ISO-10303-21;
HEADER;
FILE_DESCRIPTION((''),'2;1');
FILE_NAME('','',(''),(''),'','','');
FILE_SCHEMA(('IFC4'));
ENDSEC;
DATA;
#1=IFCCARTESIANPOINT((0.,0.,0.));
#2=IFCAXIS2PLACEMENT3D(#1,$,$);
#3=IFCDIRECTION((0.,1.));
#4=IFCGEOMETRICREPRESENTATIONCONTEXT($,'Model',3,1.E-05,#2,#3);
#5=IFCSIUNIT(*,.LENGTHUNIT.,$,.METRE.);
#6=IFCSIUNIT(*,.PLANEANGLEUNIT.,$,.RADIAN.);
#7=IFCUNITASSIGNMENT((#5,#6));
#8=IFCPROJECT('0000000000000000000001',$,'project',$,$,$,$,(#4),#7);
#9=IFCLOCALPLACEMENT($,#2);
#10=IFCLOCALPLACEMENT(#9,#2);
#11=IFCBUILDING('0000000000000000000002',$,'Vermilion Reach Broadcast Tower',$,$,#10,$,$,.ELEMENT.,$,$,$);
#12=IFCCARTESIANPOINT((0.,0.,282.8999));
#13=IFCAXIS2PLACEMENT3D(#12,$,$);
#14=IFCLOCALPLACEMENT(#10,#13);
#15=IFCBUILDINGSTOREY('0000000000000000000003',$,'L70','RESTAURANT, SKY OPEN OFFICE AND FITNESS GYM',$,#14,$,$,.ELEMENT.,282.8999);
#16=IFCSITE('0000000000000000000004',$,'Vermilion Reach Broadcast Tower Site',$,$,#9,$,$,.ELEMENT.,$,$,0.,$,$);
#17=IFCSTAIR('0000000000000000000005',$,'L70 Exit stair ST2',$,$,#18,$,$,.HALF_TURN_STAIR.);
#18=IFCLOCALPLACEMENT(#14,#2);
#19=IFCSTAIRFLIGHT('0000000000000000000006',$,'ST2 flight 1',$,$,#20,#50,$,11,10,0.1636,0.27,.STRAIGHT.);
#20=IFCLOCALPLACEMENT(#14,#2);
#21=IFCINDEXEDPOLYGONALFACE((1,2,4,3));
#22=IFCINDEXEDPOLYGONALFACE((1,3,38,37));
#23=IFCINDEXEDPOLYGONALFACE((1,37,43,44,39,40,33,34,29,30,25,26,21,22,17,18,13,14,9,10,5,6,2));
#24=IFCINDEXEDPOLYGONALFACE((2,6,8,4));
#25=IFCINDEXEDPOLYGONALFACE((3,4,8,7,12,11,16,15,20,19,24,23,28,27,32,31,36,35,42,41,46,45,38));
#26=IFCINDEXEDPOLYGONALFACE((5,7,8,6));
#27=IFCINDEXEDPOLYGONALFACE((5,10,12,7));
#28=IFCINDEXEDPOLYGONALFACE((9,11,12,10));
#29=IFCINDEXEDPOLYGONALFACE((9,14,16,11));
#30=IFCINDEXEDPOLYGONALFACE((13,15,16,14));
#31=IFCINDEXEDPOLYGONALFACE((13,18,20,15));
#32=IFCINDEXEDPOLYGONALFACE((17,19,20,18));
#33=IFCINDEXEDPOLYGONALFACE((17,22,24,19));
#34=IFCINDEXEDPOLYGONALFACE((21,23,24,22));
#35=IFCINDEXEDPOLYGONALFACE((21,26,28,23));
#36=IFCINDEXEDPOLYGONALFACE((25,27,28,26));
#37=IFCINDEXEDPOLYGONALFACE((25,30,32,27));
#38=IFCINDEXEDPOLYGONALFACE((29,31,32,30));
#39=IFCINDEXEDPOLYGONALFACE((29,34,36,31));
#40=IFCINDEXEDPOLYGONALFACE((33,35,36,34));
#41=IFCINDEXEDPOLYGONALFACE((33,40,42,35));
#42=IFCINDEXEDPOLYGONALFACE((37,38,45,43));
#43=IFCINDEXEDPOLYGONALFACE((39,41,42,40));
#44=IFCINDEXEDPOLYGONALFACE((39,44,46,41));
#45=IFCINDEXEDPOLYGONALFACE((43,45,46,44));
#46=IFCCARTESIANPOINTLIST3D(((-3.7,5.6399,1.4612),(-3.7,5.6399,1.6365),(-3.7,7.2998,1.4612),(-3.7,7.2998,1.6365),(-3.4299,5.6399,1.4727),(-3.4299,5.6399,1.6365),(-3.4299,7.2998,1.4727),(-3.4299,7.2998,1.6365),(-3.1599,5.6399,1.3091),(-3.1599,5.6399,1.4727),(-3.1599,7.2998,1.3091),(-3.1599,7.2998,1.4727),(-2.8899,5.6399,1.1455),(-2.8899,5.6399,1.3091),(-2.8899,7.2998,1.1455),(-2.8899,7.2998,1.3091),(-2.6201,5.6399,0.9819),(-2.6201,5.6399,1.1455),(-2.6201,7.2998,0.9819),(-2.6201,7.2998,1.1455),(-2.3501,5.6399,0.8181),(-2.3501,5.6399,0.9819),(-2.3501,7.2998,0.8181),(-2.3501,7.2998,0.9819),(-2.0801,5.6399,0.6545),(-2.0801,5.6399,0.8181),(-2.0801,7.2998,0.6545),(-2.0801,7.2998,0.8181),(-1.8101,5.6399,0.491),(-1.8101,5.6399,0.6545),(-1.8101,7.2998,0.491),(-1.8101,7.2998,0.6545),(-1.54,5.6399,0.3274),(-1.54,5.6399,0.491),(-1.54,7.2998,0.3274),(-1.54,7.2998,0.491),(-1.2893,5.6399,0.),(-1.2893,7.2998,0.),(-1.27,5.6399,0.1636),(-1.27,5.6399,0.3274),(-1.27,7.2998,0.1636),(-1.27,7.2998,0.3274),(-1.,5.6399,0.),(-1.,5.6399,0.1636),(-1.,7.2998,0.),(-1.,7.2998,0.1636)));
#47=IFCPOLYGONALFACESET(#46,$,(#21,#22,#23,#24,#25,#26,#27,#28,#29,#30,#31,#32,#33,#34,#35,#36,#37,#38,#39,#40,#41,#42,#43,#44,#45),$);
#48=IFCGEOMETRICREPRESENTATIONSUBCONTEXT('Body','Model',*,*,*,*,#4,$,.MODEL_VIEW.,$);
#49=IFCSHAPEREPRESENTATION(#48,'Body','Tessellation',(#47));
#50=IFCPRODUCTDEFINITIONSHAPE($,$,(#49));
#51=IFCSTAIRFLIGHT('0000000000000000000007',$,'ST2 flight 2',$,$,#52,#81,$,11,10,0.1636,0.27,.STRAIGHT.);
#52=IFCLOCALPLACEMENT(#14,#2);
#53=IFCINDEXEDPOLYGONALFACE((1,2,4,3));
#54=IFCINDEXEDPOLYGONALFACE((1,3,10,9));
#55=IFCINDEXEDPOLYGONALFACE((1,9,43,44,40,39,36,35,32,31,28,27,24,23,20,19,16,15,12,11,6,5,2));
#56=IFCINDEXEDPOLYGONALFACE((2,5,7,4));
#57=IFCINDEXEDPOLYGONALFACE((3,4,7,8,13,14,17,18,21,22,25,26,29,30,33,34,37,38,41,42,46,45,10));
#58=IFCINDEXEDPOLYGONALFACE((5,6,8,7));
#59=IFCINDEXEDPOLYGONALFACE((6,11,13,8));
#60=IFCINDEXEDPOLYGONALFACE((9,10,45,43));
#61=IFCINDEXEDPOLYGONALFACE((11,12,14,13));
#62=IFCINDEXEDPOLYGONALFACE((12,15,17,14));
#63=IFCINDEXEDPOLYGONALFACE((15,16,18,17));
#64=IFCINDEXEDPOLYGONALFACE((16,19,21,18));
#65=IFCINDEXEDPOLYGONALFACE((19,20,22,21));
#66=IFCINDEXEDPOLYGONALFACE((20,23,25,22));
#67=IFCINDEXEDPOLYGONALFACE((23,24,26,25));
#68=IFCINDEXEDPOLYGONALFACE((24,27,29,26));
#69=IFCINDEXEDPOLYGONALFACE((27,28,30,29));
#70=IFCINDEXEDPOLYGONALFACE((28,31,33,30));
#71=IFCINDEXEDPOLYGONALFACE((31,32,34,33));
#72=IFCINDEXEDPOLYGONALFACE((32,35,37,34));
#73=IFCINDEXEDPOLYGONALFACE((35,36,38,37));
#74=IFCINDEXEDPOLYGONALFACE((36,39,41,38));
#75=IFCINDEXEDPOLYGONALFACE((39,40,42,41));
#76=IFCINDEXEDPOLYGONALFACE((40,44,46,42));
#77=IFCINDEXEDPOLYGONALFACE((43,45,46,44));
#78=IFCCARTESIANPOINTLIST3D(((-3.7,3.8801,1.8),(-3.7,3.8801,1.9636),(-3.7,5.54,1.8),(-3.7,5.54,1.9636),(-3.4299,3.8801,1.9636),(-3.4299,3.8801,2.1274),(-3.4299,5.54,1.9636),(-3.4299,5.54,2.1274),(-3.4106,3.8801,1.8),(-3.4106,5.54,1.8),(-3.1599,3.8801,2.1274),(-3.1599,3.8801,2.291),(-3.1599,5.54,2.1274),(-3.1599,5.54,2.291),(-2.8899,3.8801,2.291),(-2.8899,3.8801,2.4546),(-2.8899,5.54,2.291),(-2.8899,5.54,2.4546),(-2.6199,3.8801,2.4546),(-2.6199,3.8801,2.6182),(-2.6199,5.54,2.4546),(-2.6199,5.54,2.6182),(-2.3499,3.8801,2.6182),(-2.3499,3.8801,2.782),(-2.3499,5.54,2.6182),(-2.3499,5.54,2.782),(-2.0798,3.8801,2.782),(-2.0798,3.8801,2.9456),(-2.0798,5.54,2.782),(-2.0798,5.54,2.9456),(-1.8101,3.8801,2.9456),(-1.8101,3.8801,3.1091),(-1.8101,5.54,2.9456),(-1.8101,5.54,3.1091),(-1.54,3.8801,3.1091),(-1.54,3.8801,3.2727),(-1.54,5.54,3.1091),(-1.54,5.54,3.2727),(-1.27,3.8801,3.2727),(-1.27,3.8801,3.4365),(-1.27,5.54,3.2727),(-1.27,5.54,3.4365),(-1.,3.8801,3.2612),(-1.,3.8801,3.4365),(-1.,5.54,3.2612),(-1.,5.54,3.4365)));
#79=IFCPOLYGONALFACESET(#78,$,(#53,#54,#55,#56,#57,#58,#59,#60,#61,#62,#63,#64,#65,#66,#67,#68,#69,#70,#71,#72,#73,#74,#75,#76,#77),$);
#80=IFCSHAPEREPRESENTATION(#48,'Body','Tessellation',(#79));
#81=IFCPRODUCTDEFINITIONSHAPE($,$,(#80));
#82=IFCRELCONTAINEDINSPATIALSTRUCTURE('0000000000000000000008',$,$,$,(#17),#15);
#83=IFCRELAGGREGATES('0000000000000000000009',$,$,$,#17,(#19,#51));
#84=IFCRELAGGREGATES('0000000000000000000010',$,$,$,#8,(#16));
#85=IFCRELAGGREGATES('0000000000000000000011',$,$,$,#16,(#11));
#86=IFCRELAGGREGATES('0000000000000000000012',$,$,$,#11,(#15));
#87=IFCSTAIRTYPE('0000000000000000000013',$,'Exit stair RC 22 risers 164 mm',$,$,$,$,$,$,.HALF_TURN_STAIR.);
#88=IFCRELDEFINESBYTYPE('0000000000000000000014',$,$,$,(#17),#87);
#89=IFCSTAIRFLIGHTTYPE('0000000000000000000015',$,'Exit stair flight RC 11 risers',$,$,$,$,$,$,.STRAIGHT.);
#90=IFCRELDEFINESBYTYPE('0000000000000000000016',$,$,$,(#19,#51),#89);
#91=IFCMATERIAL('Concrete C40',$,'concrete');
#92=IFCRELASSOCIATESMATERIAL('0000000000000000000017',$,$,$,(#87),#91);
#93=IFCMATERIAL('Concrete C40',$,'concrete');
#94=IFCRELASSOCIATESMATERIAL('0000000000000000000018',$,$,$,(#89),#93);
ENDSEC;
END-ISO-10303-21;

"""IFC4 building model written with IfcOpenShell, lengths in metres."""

from ifc_helpers import new_model, si_unit, direction, frame, origin, place, context, subcontext, project, spatial, polyline, outline, extrude, material, type_object, element, aggregate, save


model = new_model("IFC4")

# Units and contexts
model_context = context("Model", 3, precision=1e-05, world=origin(), true_north=direction((0.0, 1.0)))
body_context = subcontext(model_context, "Body", "Model", "MODEL_VIEW")
ifc_project = project(units=[si_unit("LENGTHUNIT", "METRE"), si_unit("PLANEANGLEUNIT", "RADIAN")], contexts=[model_context])

# Site, building, storey
site_placement = place(None, origin())
site = spatial("IfcSite", under=ifc_project, at=site_placement, Name="Vermilion Reach Broadcast Tower Site", CompositionType="ELEMENT", RefElevation=0.0)
building_placement = place(site_placement, origin())
building = spatial("IfcBuilding", under=site, at=building_placement, Name="Vermilion Reach Broadcast Tower", CompositionType="ELEMENT")
storey_placement = place(building_placement, frame((0.0, 0.0, 282.8999)))
storey = spatial("IfcBuildingStorey", under=building, at=storey_placement, Name="L70", Description="RESTAURANT, SKY OPEN OFFICE AND FITNESS GYM", CompositionType="ELEMENT", Elevation=282.8999)

# Shared definitions
ifc_material_1 = material(Name="Concrete C40", Category="concrete")
stair_type = type_object("IfcStairType", Name="Exit stair RC 22 risers 164 mm", PredefinedType="HALF_TURN_STAIR", material=ifc_material_1)
placement = place(storey_placement, origin())

# Stair, stair flights
stair_1 = element("IfcStair", 1, at=placement, inside=storey, type_object=stair_type, Name="L70 Exit stair ST2", PredefinedType="HALF_TURN_STAIR")
ifc_material_2 = material(Name="Concrete C40", Category="concrete")
stair_flight_type = type_object("IfcStairFlightType", Name="Exit stair flight RC 11 risers", PredefinedType="STRAIGHT", material=ifc_material_2)
stair_flight_1_placement = place(storey_placement, frame((-1.0, 6.47, 0.0), z_axis=(0.0, 0.0, 1.0), x_axis=(-1.0, 0.0, 0.0)))
stair_flight_1 = element("IfcStairFlight", 2, at=stair_flight_1_placement, type_object=stair_flight_type, Name="ST2 flight 1", NumberOfRisers=11, NumberOfTreads=10, PredefinedType="STRAIGHT", RiserHeight=0.1636, TreadLength=0.27, context=body_context, shape_type="SweptSolid", body=[
    extrude(outline(polyline([(0.0, 0.0), (0.0, 0.1636), (0.27, 0.1636), (0.27, 0.3274), (0.54, 0.3274), (0.54, 0.491), (0.8101, 0.491), (0.8101, 0.6545), (1.0801, 0.6545), (1.0801, 0.8181), (1.3501, 0.8181), (1.3501, 0.9819), (1.6201, 0.9819), (1.6201, 1.1455), (1.8899, 1.1455), (1.8899, 1.3091), (2.1599, 1.3091), (2.1599, 1.4727), (2.4299, 1.4727), (2.4299, 1.6365), (2.7, 1.6365), (2.7, 1.8), (2.7, 1.4612), (0.2893, 0.0), (0.0, 0.0)])), frame((0.0, 0.8301, 0.0), z_axis=(0.0, -1.0, 0.0), x_axis=(1.0, 0.0, 0.0)), (0.0, 0.0, 1.0), 1.6599),
])
stair_flight_2_placement = place(storey_placement, frame((-3.7, 4.71, 1.8), z_axis=(0.0, 0.0, 1.0), x_axis=(1.0, 0.0, 0.0)))
stair_flight_2 = element("IfcStairFlight", 3, at=stair_flight_2_placement, type_object=stair_flight_type, Name="ST2 flight 2", NumberOfRisers=11, NumberOfTreads=10, PredefinedType="STRAIGHT", RiserHeight=0.1636, TreadLength=0.27, context=body_context, shape_type="SweptSolid", body=[
    extrude(outline(polyline([(0.0, 0.0), (0.0, 0.1636), (0.27, 0.1636), (0.27, 0.3274), (0.54, 0.3274), (0.54, 0.491), (0.8101, 0.491), (0.8101, 0.6545), (1.0801, 0.6545), (1.0801, 0.8181), (1.3501, 0.8181), (1.3501, 0.9819), (1.6201, 0.9819), (1.6201, 1.1455), (1.8899, 1.1455), (1.8899, 1.3091), (2.1599, 1.3091), (2.1599, 1.4727), (2.4299, 1.4727), (2.4299, 1.6365), (2.7, 1.6365), (2.7, 1.8), (2.7, 1.4612), (0.2893, 0.0), (0.0, 0.0)])), frame((0.0, 0.8301, 0.0), z_axis=(0.0, -1.0, 0.0), x_axis=(1.0, 0.0, 0.0)), (0.0, 0.0, 1.0), 1.6599),
])
aggregate(stair_1, [stair_flight_1, stair_flight_2])

save(model, "model.ifc")
